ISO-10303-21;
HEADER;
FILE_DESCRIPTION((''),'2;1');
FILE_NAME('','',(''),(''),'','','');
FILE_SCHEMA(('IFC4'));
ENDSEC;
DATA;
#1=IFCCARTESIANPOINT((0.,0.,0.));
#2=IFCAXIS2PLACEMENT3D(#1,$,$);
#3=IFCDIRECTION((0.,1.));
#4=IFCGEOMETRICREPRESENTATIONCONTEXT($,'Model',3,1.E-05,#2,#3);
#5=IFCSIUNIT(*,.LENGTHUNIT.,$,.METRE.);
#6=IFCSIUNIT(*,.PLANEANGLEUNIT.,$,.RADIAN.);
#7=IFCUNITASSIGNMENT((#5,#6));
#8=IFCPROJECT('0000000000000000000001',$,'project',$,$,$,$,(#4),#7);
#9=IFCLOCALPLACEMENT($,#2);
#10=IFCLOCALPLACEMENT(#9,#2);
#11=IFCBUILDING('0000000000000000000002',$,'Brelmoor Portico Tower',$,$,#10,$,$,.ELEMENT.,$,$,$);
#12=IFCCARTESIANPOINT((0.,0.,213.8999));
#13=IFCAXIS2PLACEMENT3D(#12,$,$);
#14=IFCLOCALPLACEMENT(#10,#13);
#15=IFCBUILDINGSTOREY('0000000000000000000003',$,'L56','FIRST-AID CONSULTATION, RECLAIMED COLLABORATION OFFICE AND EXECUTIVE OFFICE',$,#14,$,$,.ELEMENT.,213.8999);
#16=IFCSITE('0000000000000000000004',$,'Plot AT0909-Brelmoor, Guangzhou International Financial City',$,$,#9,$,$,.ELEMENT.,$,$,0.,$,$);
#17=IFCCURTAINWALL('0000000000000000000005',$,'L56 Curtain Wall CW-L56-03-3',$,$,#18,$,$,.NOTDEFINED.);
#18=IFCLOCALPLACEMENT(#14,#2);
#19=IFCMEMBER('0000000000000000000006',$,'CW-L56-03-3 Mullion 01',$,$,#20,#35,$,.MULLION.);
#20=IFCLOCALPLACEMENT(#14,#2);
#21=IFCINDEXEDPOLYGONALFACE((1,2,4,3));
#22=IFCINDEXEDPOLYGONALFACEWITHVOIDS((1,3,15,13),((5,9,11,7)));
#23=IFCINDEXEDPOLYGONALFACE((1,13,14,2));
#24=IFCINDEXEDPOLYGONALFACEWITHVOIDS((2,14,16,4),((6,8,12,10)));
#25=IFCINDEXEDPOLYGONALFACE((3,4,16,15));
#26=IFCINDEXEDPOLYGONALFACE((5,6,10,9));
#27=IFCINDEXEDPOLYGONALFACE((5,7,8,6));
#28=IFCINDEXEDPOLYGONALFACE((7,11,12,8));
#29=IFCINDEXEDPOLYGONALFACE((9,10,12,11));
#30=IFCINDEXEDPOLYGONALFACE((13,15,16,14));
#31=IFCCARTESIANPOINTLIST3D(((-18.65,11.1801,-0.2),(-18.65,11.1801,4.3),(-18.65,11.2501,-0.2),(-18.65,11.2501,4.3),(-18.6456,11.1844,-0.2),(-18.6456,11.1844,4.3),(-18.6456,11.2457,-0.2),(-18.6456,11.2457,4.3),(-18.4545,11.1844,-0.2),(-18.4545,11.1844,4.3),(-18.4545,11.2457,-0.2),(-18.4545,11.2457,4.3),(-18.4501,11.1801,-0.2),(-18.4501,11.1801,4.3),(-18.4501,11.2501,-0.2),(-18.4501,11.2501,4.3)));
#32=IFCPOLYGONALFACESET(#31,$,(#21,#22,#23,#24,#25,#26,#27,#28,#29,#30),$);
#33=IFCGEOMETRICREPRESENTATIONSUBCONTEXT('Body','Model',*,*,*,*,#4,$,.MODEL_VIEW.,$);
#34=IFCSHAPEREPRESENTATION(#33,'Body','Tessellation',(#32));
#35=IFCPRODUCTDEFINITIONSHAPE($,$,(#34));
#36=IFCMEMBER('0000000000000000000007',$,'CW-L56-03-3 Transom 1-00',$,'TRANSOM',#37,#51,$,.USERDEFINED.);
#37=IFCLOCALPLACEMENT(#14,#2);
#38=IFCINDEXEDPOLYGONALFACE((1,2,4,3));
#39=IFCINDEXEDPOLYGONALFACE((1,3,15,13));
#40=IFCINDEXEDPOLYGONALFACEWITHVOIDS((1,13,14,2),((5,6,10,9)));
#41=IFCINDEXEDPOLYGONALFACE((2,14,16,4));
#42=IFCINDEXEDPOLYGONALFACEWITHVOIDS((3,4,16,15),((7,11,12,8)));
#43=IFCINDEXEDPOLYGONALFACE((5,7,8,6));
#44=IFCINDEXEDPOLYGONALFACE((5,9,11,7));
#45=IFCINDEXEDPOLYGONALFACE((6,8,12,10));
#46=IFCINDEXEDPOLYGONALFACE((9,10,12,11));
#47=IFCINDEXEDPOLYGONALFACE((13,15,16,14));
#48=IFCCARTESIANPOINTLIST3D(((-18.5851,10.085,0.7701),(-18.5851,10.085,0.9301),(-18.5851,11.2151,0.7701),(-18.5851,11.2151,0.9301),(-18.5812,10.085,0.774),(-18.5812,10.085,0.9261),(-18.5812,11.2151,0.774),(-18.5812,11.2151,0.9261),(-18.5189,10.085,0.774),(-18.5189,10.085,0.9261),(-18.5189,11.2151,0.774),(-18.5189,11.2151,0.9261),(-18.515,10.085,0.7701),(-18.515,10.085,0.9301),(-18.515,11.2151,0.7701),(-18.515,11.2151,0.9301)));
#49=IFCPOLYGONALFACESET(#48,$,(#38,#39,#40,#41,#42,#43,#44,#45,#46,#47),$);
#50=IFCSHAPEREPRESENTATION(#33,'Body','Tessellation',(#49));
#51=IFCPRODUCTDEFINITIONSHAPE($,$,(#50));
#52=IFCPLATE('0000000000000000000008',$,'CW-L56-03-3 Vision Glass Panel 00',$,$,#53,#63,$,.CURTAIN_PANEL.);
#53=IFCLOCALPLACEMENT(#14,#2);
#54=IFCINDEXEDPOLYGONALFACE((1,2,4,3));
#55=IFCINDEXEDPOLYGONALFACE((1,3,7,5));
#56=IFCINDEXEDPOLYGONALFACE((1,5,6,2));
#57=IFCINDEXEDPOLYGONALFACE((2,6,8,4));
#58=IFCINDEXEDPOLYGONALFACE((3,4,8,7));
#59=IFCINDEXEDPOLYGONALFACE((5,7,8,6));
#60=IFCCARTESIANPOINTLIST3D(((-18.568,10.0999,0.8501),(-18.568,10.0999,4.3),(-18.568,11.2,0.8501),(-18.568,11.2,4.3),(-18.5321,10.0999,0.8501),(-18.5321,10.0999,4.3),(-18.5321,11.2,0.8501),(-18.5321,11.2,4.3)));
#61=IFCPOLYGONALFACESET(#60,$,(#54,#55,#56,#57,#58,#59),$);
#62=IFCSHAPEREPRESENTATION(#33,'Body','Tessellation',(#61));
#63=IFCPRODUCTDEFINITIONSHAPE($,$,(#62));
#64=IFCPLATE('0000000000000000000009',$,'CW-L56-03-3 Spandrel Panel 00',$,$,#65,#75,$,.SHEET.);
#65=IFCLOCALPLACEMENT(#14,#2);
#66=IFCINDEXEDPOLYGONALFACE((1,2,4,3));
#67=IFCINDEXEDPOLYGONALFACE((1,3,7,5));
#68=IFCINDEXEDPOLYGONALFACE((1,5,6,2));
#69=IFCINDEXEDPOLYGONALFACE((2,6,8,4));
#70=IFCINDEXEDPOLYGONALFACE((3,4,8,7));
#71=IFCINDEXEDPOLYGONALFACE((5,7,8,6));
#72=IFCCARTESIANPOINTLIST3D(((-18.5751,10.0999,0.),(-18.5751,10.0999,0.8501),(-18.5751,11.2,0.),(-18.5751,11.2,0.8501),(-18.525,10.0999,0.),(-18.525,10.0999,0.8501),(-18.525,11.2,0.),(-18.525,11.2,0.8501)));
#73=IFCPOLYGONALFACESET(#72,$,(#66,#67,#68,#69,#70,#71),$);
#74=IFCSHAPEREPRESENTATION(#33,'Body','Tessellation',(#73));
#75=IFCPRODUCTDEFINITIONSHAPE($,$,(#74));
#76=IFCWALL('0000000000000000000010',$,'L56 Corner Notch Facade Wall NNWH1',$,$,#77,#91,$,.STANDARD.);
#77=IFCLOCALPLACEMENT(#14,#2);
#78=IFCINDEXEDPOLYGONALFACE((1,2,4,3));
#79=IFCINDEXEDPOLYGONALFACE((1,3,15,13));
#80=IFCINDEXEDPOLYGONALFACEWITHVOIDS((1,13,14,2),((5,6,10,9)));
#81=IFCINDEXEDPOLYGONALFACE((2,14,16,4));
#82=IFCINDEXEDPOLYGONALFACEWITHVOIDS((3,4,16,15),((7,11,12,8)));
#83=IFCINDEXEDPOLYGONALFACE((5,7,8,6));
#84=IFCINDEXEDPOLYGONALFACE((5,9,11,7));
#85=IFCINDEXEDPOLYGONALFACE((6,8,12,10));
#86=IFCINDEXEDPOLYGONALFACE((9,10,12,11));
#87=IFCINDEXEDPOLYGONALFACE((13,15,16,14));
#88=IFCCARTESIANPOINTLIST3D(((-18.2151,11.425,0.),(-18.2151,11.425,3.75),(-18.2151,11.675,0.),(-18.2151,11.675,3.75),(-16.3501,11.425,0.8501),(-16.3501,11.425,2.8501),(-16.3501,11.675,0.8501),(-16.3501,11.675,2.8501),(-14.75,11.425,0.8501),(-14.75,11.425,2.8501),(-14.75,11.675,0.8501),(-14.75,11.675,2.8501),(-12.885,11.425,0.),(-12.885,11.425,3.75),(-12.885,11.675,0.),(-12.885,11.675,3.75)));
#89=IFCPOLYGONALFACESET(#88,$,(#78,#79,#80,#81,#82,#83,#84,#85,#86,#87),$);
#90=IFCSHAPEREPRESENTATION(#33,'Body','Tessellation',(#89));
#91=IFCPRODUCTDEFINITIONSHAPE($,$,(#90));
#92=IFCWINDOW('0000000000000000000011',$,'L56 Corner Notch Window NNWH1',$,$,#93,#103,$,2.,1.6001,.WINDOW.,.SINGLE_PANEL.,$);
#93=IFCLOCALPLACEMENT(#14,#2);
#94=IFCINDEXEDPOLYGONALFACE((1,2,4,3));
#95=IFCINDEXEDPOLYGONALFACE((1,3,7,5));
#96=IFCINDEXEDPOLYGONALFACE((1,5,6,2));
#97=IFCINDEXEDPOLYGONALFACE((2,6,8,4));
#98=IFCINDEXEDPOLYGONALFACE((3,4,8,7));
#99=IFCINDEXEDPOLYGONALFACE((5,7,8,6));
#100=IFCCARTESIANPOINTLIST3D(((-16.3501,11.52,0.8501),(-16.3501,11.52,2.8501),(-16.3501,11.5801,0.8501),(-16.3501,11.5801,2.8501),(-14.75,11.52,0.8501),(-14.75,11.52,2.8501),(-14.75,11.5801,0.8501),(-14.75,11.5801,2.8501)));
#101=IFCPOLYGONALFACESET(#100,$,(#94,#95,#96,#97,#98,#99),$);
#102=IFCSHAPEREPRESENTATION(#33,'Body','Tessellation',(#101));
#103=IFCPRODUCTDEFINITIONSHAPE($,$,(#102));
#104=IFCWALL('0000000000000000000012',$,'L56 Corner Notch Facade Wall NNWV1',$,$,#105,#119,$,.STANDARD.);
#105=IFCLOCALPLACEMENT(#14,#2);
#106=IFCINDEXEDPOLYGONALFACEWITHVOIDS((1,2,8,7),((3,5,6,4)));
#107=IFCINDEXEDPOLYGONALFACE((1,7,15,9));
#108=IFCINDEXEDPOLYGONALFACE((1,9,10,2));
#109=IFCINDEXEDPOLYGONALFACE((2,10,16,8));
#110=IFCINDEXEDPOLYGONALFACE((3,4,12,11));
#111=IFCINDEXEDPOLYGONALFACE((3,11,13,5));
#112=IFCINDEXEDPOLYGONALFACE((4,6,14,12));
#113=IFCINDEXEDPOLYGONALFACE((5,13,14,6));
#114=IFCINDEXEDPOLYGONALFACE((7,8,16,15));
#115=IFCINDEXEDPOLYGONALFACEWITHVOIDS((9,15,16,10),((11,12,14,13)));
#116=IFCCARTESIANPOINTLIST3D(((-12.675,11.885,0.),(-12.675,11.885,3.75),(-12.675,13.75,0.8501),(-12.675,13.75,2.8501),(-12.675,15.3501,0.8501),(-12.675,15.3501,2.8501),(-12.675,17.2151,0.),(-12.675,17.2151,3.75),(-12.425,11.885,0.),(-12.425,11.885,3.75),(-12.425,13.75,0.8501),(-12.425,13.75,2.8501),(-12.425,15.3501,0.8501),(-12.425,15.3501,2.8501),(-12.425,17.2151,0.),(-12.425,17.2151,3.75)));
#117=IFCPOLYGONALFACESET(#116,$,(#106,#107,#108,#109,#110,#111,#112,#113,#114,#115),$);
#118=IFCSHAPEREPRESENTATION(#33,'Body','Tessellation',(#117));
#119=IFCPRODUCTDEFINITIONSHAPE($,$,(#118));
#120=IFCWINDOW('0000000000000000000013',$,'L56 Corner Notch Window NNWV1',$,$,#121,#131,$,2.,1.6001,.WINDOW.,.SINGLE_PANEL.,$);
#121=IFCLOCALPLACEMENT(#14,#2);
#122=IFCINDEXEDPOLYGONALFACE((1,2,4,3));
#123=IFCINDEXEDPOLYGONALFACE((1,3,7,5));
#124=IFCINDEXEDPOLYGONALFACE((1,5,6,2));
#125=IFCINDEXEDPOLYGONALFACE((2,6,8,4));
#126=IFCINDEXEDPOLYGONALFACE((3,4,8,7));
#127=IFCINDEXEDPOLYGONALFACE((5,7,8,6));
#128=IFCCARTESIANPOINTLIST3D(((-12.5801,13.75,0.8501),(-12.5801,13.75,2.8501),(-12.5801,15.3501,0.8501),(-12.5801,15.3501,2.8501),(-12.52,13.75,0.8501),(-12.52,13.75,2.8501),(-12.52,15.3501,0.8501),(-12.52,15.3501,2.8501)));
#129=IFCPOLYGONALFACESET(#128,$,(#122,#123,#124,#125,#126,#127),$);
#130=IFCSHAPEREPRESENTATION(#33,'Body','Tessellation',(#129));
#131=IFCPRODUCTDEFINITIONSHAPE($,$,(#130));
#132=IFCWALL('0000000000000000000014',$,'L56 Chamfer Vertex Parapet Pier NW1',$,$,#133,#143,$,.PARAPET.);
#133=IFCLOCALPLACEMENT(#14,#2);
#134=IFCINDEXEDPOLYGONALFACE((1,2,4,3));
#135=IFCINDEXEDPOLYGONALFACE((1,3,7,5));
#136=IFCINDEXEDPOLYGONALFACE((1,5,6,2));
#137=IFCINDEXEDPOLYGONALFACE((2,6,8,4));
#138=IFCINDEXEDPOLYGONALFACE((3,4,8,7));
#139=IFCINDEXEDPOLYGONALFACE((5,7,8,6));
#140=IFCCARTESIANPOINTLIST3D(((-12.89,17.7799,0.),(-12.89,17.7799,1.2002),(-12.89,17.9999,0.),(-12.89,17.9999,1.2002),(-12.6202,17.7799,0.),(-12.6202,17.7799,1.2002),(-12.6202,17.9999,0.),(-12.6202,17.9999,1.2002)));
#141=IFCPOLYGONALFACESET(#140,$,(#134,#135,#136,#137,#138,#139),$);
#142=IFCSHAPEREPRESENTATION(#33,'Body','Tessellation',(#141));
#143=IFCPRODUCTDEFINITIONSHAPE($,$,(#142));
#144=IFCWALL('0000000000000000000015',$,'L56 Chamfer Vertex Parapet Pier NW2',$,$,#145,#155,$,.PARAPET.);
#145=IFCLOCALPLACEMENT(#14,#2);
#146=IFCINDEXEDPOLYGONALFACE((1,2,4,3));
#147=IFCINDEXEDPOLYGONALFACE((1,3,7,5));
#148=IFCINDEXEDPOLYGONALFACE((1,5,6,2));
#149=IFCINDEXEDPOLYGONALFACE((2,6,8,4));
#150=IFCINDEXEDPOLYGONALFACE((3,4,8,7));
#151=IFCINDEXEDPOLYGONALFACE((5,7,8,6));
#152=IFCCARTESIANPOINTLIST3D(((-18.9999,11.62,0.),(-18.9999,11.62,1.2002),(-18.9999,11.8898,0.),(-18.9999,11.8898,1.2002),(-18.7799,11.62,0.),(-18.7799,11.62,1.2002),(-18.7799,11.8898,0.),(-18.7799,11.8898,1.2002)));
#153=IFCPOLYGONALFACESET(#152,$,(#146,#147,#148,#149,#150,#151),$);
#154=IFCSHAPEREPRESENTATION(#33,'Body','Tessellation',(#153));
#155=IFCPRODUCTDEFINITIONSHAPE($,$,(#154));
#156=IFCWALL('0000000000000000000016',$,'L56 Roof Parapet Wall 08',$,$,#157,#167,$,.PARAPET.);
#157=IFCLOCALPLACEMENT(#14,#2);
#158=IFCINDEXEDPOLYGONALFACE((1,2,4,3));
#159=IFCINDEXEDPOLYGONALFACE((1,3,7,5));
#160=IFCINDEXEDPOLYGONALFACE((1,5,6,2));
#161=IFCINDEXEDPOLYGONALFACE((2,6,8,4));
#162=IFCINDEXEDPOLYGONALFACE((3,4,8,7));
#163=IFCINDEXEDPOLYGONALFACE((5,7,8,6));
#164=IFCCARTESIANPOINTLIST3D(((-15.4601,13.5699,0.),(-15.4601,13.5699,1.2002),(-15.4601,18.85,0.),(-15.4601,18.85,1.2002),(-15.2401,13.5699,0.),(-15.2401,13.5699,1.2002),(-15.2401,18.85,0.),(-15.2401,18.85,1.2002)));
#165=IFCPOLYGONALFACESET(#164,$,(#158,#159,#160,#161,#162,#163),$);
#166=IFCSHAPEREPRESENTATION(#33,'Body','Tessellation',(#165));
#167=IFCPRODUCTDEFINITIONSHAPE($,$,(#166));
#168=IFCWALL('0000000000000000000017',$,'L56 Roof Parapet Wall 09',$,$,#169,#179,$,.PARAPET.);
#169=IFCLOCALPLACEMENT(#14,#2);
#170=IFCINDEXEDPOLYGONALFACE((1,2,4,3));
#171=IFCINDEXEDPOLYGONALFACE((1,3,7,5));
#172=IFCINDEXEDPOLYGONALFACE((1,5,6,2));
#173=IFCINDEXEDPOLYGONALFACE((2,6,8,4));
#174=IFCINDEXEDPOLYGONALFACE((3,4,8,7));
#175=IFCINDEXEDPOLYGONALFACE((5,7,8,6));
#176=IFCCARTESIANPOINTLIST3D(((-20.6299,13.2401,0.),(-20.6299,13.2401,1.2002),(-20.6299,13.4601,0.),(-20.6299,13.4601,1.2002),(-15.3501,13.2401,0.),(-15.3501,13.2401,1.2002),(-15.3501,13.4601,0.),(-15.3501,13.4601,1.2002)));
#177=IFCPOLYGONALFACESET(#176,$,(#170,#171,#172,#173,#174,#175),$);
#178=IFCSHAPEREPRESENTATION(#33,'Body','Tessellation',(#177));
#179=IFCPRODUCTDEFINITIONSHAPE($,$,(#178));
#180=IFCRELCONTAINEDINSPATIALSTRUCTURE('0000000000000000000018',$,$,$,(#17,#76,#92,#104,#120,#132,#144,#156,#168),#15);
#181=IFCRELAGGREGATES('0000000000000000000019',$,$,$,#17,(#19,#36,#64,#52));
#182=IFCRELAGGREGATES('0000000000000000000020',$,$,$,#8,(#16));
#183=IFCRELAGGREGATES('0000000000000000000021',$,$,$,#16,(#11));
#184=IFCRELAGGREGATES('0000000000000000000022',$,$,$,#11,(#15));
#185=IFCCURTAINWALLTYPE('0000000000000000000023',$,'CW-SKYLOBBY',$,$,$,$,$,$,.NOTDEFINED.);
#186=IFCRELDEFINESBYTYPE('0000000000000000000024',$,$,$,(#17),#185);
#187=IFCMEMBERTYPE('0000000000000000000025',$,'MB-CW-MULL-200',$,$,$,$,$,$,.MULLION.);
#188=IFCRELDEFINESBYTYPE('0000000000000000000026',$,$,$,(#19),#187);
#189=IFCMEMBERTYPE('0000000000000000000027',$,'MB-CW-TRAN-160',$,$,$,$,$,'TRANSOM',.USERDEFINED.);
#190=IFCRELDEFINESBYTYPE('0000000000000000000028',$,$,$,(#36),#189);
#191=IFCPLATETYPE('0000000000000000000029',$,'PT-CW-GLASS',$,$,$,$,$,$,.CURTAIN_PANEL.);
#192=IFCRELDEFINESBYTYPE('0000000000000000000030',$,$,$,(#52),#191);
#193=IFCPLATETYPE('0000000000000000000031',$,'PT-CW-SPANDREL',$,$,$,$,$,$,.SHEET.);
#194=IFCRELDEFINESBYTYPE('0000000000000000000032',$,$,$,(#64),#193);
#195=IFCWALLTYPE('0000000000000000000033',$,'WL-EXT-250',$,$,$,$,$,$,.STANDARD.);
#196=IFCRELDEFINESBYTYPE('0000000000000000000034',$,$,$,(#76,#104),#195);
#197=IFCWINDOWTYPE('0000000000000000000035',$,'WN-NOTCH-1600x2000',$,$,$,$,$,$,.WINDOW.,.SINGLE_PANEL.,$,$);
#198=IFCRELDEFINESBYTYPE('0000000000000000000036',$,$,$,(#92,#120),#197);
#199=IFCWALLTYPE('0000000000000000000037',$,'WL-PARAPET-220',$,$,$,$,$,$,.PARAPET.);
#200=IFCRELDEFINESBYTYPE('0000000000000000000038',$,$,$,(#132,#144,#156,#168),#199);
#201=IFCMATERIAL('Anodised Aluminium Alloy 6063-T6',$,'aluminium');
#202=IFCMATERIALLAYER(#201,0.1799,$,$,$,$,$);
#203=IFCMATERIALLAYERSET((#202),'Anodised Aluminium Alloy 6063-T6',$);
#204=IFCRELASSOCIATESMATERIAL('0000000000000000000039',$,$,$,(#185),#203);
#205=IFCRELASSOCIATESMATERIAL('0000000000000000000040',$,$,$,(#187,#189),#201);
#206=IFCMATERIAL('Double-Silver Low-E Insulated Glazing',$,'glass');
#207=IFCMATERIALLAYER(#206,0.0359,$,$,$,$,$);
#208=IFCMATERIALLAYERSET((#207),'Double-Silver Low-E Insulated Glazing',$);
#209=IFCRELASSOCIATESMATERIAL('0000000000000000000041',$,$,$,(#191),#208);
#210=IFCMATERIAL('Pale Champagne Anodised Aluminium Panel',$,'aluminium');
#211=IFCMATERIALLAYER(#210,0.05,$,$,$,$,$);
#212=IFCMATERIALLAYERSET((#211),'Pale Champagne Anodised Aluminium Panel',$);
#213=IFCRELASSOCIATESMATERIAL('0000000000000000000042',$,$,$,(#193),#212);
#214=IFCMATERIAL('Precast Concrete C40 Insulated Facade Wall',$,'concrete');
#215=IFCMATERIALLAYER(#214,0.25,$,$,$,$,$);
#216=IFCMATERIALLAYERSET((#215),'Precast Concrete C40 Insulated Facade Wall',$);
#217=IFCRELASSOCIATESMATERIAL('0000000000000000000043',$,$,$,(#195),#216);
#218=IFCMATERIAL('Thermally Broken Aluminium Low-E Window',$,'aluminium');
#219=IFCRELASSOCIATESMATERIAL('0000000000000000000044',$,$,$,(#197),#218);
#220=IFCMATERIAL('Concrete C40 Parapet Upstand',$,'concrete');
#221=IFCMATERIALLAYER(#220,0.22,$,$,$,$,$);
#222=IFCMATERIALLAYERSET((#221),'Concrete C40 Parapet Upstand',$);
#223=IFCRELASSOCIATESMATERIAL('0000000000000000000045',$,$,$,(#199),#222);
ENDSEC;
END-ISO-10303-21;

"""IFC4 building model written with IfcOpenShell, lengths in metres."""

from ifc_helpers import new_model, si_unit, direction, frame, frame_2d, origin, origin_2d, place, context, subcontext, project, spatial, rectangle, hollow_rectangle, extrude, material, layer, layer_set, material_profile, profile_set, type_object, element, fill, aggregate, save


model = new_model("IFC4")

# Units and contexts
model_context = context("Model", 3, precision=1e-05, world=origin(), true_north=direction((0.0, 1.0)))
body_context = subcontext(model_context, "Body", "Model", "MODEL_VIEW")
ifc_project = project(units=[si_unit("LENGTHUNIT", "METRE"), si_unit("PLANEANGLEUNIT", "RADIAN")], contexts=[model_context])

# Site, building, storey
site_placement = place(None, origin())
site = spatial("IfcSite", under=ifc_project, at=site_placement, Name="Plot AT0909-Brelmoor, Guangzhou International Financial City", CompositionType="ELEMENT", RefElevation=0.0)
building_placement = place(site_placement, origin())
building = spatial("IfcBuilding", under=site, at=building_placement, Name="Brelmoor Portico Tower", CompositionType="ELEMENT")
storey_placement = place(building_placement, frame((0.0, 0.0, 213.8999)))
storey = spatial("IfcBuildingStorey", under=building, at=storey_placement, Name="L56", Description="FIRST-AID CONSULTATION, RECLAIMED COLLABORATION OFFICE AND EXECUTIVE OFFICE", CompositionType="ELEMENT", Elevation=213.8999)

# Curtain wall, members, plates
ifc_material_1 = material(Name="Anodised Aluminium Alloy 6063-T6", Category="aluminium")
ifc_layer_1 = layer(ifc_material_1, 0.1799)
ifc_layer_set_1 = layer_set([ifc_layer_1], Name="Anodised Aluminium Alloy 6063-T6")
curtain_wall_type = type_object("IfcCurtainWallType", Name="CW-SKYLOBBY", PredefinedType="NOTDEFINED", material=ifc_layer_set_1)
curtain_wall_placement = place(storey_placement, origin())
curtain_wall = element("IfcCurtainWall", 1, at=curtain_wall_placement, inside=storey, type_object=curtain_wall_type, Name="L56 Curtain Wall CW-L56-03-3", PredefinedType="NOTDEFINED")
ifc_material_profile_1 = material_profile(ifc_material_1, hollow_rectangle(XDim=0.0701, YDim=0.2, WallThickness=0.0044, at=origin_2d()), Name="ALU MULLION 70x200")
ifc_profile_set_1 = profile_set([ifc_material_profile_1], Name="Anodised Aluminium Alloy 6063-T6")
member_type_1 = type_object("IfcMemberType", Name="MB-CW-MULL-200", PredefinedType="MULLION", material=ifc_profile_set_1)
member_1_placement = place(storey_placement, frame((-18.55, 11.2151, -0.2), z_axis=(0.0, 0.0, 1.0), x_axis=(0.0, 1.0, 0.0)))
member_1 = element("IfcMember", 2, at=member_1_placement, type_object=member_type_1, Name="CW-L56-03-3 Mullion 01", PredefinedType="MULLION", context=body_context, shape_type="SweptSolid", body=[
    extrude(hollow_rectangle(XDim=0.0701, YDim=0.2, WallThickness=0.0044, at=origin_2d()), origin(), (0.0, 0.0, 1.0), 4.5),
])
ifc_material_profile_2 = material_profile(ifc_material_1, hollow_rectangle(XDim=0.0701, YDim=0.1599, WallThickness=0.0039, at=origin_2d()), Name="ALU TRANSOM 70x160")
ifc_profile_set_2 = profile_set([ifc_material_profile_2], Name="Anodised Aluminium Alloy 6063-T6")
member_type_2 = type_object("IfcMemberType", Name="MB-CW-TRAN-160", ElementType="TRANSOM", PredefinedType="USERDEFINED", material=ifc_profile_set_2)
member_2_placement = place(storey_placement, frame((-18.55, 10.085, 0.8501), z_axis=(0.0, 1.0, 0.0), x_axis=(-1.0, 0.0, 0.0)))
member_2 = element("IfcMember", 3, at=member_2_placement, type_object=member_type_2, Name="CW-L56-03-3 Transom 1-00", ObjectType="TRANSOM", PredefinedType="USERDEFINED", context=body_context, shape_type="SweptSolid", body=[
    extrude(hollow_rectangle(XDim=0.0701, YDim=0.1599, WallThickness=0.0039, at=origin_2d()), origin(), (0.0, 0.0, 1.0), 1.1301),
])
ifc_material_2 = material(Name="Double-Silver Low-E Insulated Glazing", Category="glass")
ifc_layer_2 = layer(ifc_material_2, 0.0359)
ifc_layer_set_2 = layer_set([ifc_layer_2], Name="Double-Silver Low-E Insulated Glazing")
plate_type_1 = type_object("IfcPlateType", Name="PT-CW-GLASS", PredefinedType="CURTAIN_PANEL", material=ifc_layer_set_2)
plate_1_placement = place(storey_placement, frame((-18.55, 10.6499, 0.8501), z_axis=(0.0, 0.0, 1.0), x_axis=(0.0, 1.0, 0.0)))
plate_1 = element("IfcPlate", 4, at=plate_1_placement, type_object=plate_type_1, Name="CW-L56-03-3 Vision Glass Panel 00", PredefinedType="CURTAIN_PANEL", context=body_context, shape_type="SweptSolid", body=[
    extrude(rectangle(XDim=1.1001, YDim=0.0359, at=origin_2d()), origin(), (0.0, 0.0, 1.0), 3.45),
])
ifc_material_3 = material(Name="Pale Champagne Anodised Aluminium Panel", Category="aluminium")
ifc_layer_3 = layer(ifc_material_3, 0.05)
ifc_layer_set_3 = layer_set([ifc_layer_3], Name="Pale Champagne Anodised Aluminium Panel")
plate_type_2 = type_object("IfcPlateType", Name="PT-CW-SPANDREL", PredefinedType="SHEET", material=ifc_layer_set_3)
plate_2_placement = place(storey_placement, frame((-18.55, 10.6499, 0.0), z_axis=(0.0, 0.0, 1.0), x_axis=(0.0, 1.0, 0.0)))
plate_2 = element("IfcPlate", 5, at=plate_2_placement, type_object=plate_type_2, Name="CW-L56-03-3 Spandrel Panel 00", PredefinedType="SHEET", context=body_context, shape_type="SweptSolid", body=[
    extrude(rectangle(XDim=1.1001, YDim=0.05, at=origin_2d()), origin(), (0.0, 0.0, 1.0), 0.8501),
])
aggregate(curtain_wall, [member_1, member_2, plate_2, plate_1])

# Walls, openings, windows
ifc_material_4 = material(Name="Precast Concrete C40 Insulated Facade Wall", Category="concrete")
ifc_layer_4 = layer(ifc_material_4, 0.25)
ifc_layer_set_4 = layer_set([ifc_layer_4], Name="Precast Concrete C40 Insulated Facade Wall")
wall_type_1 = type_object("IfcWallType", Name="WL-EXT-250", PredefinedType="STANDARD", material=ifc_layer_set_4)
wall_1_placement = place(storey_placement, frame((-18.2151, 11.55, 0.0), z_axis=(0.0, 0.0, 1.0), x_axis=(1.0, 0.0, 0.0)))
wall_1 = element("IfcWall", 6, at=wall_1_placement, inside=storey, type_object=wall_type_1, Name="L56 Corner Notch Facade Wall NNWH1", PredefinedType="STANDARD", context=body_context, shape_type="SweptSolid", body=[
    extrude(rectangle(XDim=5.3301, YDim=0.25, at=frame_2d((2.665, 0.0))), origin(), (0.0, 0.0, 1.0), 3.75),
])
opening_1_placement = place(wall_1_placement, frame((1.865, 0.0, 0.8501)))
opening_1 = element("IfcOpeningElement", 7, at=opening_1_placement, cuts=wall_1, PredefinedType="OPENING", context=body_context, shape_type="SweptSolid", body=[
    extrude(rectangle(XDim=1.6001, YDim=2.0, at=frame_2d((0.8, 1.0))), frame((0.0, 0.135, 0.0), z_axis=(0.0, -1.0, 0.0), x_axis=(1.0, 0.0, 0.0)), (0.0, 0.0, 1.0), 0.27),
])
ifc_material_5 = material(Name="Thermally Broken Aluminium Low-E Window", Category="aluminium")
window_type = type_object("IfcWindowType", Name="WN-NOTCH-1600x2000", PartitioningType="SINGLE_PANEL", PredefinedType="WINDOW", material=ifc_material_5)
window_1_placement = place(opening_1_placement, origin())
window_1 = element("IfcWindow", 8, at=window_1_placement, inside=storey, type_object=window_type, Name="L56 Corner Notch Window NNWH1", OverallHeight=2.0, OverallWidth=1.6001, PartitioningType="SINGLE_PANEL", PredefinedType="WINDOW", context=body_context, shape_type="SweptSolid", body=[
    extrude(rectangle(XDim=1.6001, YDim=2.0, at=frame_2d((0.8, 1.0))), frame((0.0, 0.03, 0.0), z_axis=(0.0, -1.0, 0.0), x_axis=(1.0, 0.0, 0.0)), (0.0, 0.0, 1.0), 0.0601),
])
fill(opening_1, window_1)
wall_2_placement = place(storey_placement, frame((-12.55, 11.885, 0.0), z_axis=(0.0, 0.0, 1.0), x_axis=(0.0, 1.0, 0.0)))
wall_2 = element("IfcWall", 9, at=wall_2_placement, inside=storey, type_object=wall_type_1, Name="L56 Corner Notch Facade Wall NNWV1", PredefinedType="STANDARD", context=body_context, shape_type="SweptSolid", body=[
    extrude(rectangle(XDim=5.3301, YDim=0.25, at=frame_2d((2.665, 0.0))), origin(), (0.0, 0.0, 1.0), 3.75),
])
opening_2_placement = place(wall_2_placement, frame((1.865, 0.0, 0.8501)))
opening_2 = element("IfcOpeningElement", 10, at=opening_2_placement, cuts=wall_2, PredefinedType="OPENING", context=body_context, shape_type="SweptSolid", body=[
    extrude(rectangle(XDim=1.6001, YDim=2.0, at=frame_2d((0.8, 1.0))), frame((0.0, 0.135, 0.0), z_axis=(0.0, -1.0, 0.0), x_axis=(1.0, 0.0, 0.0)), (0.0, 0.0, 1.0), 0.27),
])
window_2_placement = place(opening_2_placement, origin())
window_2 = element("IfcWindow", 11, at=window_2_placement, inside=storey, type_object=window_type, Name="L56 Corner Notch Window NNWV1", OverallHeight=2.0, OverallWidth=1.6001, PartitioningType="SINGLE_PANEL", PredefinedType="WINDOW", context=body_context, shape_type="SweptSolid", body=[
    extrude(rectangle(XDim=1.6001, YDim=2.0, at=frame_2d((0.8, 1.0))), frame((0.0, 0.03, 0.0), z_axis=(0.0, -1.0, 0.0), x_axis=(1.0, 0.0, 0.0)), (0.0, 0.0, 1.0), 0.0601),
])
fill(opening_2, window_2)

# Walls
ifc_material_6 = material(Name="Concrete C40 Parapet Upstand", Category="concrete")
ifc_layer_5 = layer(ifc_material_6, 0.22)
ifc_layer_set_5 = layer_set([ifc_layer_5], Name="Concrete C40 Parapet Upstand")
wall_type_2 = type_object("IfcWallType", Name="WL-PARAPET-220", PredefinedType="PARAPET", material=ifc_layer_set_5)
for number, where, z_axis, x_axis, name in (
    (12, (-12.8899, 17.8899, 0.0), (0.0, 0.0, 1.0), (1.0, 0.0, 0.0), "L56 Chamfer Vertex Parapet Pier NW1"),
    (13, (-18.8899, 11.6201, 0.0), (0.0, 0.0, 1.0), (0.0, 1.0, 0.0), "L56 Chamfer Vertex Parapet Pier NW2"),
):
    element("IfcWall", number, at=place(storey_placement, frame(where, z_axis=z_axis, x_axis=x_axis)), inside=storey, type_object=wall_type_2, Name=name, PredefinedType="PARAPET", context=body_context, shape_type="SweptSolid", body=[
        extrude(rectangle(XDim=0.2698, YDim=0.22, at=frame_2d((0.1348, 0.0))), origin(), (0.0, 0.0, 1.0), 1.2002),
    ])
wall_3_placement = place(storey_placement, frame((-15.3501, 18.8501, 0.0), z_axis=(0.0, 0.0, 1.0), x_axis=(0.0, -1.0, 0.0)))
element("IfcWall", 14, at=wall_3_placement, inside=storey, type_object=wall_type_2, Name="L56 Roof Parapet Wall 08", PredefinedType="PARAPET", context=body_context, shape_type="SweptSolid", body=[
    extrude(rectangle(XDim=5.28, YDim=0.22, at=frame_2d((2.6401, 0.0))), origin(), (0.0, 0.0, 1.0), 1.2002),
])
wall_4_placement = place(storey_placement, frame((-15.3501, 13.3501, 0.0), z_axis=(0.0, 0.0, 1.0), x_axis=(-1.0, 0.0, 0.0)))
element("IfcWall", 15, at=wall_4_placement, inside=storey, type_object=wall_type_2, Name="L56 Roof Parapet Wall 09", PredefinedType="PARAPET", context=body_context, shape_type="SweptSolid", body=[
    extrude(rectangle(XDim=5.2798, YDim=0.22, at=frame_2d((2.6399, 0.0))), origin(), (0.0, 0.0, 1.0), 1.2002),
])

save(model, "model.ifc")
